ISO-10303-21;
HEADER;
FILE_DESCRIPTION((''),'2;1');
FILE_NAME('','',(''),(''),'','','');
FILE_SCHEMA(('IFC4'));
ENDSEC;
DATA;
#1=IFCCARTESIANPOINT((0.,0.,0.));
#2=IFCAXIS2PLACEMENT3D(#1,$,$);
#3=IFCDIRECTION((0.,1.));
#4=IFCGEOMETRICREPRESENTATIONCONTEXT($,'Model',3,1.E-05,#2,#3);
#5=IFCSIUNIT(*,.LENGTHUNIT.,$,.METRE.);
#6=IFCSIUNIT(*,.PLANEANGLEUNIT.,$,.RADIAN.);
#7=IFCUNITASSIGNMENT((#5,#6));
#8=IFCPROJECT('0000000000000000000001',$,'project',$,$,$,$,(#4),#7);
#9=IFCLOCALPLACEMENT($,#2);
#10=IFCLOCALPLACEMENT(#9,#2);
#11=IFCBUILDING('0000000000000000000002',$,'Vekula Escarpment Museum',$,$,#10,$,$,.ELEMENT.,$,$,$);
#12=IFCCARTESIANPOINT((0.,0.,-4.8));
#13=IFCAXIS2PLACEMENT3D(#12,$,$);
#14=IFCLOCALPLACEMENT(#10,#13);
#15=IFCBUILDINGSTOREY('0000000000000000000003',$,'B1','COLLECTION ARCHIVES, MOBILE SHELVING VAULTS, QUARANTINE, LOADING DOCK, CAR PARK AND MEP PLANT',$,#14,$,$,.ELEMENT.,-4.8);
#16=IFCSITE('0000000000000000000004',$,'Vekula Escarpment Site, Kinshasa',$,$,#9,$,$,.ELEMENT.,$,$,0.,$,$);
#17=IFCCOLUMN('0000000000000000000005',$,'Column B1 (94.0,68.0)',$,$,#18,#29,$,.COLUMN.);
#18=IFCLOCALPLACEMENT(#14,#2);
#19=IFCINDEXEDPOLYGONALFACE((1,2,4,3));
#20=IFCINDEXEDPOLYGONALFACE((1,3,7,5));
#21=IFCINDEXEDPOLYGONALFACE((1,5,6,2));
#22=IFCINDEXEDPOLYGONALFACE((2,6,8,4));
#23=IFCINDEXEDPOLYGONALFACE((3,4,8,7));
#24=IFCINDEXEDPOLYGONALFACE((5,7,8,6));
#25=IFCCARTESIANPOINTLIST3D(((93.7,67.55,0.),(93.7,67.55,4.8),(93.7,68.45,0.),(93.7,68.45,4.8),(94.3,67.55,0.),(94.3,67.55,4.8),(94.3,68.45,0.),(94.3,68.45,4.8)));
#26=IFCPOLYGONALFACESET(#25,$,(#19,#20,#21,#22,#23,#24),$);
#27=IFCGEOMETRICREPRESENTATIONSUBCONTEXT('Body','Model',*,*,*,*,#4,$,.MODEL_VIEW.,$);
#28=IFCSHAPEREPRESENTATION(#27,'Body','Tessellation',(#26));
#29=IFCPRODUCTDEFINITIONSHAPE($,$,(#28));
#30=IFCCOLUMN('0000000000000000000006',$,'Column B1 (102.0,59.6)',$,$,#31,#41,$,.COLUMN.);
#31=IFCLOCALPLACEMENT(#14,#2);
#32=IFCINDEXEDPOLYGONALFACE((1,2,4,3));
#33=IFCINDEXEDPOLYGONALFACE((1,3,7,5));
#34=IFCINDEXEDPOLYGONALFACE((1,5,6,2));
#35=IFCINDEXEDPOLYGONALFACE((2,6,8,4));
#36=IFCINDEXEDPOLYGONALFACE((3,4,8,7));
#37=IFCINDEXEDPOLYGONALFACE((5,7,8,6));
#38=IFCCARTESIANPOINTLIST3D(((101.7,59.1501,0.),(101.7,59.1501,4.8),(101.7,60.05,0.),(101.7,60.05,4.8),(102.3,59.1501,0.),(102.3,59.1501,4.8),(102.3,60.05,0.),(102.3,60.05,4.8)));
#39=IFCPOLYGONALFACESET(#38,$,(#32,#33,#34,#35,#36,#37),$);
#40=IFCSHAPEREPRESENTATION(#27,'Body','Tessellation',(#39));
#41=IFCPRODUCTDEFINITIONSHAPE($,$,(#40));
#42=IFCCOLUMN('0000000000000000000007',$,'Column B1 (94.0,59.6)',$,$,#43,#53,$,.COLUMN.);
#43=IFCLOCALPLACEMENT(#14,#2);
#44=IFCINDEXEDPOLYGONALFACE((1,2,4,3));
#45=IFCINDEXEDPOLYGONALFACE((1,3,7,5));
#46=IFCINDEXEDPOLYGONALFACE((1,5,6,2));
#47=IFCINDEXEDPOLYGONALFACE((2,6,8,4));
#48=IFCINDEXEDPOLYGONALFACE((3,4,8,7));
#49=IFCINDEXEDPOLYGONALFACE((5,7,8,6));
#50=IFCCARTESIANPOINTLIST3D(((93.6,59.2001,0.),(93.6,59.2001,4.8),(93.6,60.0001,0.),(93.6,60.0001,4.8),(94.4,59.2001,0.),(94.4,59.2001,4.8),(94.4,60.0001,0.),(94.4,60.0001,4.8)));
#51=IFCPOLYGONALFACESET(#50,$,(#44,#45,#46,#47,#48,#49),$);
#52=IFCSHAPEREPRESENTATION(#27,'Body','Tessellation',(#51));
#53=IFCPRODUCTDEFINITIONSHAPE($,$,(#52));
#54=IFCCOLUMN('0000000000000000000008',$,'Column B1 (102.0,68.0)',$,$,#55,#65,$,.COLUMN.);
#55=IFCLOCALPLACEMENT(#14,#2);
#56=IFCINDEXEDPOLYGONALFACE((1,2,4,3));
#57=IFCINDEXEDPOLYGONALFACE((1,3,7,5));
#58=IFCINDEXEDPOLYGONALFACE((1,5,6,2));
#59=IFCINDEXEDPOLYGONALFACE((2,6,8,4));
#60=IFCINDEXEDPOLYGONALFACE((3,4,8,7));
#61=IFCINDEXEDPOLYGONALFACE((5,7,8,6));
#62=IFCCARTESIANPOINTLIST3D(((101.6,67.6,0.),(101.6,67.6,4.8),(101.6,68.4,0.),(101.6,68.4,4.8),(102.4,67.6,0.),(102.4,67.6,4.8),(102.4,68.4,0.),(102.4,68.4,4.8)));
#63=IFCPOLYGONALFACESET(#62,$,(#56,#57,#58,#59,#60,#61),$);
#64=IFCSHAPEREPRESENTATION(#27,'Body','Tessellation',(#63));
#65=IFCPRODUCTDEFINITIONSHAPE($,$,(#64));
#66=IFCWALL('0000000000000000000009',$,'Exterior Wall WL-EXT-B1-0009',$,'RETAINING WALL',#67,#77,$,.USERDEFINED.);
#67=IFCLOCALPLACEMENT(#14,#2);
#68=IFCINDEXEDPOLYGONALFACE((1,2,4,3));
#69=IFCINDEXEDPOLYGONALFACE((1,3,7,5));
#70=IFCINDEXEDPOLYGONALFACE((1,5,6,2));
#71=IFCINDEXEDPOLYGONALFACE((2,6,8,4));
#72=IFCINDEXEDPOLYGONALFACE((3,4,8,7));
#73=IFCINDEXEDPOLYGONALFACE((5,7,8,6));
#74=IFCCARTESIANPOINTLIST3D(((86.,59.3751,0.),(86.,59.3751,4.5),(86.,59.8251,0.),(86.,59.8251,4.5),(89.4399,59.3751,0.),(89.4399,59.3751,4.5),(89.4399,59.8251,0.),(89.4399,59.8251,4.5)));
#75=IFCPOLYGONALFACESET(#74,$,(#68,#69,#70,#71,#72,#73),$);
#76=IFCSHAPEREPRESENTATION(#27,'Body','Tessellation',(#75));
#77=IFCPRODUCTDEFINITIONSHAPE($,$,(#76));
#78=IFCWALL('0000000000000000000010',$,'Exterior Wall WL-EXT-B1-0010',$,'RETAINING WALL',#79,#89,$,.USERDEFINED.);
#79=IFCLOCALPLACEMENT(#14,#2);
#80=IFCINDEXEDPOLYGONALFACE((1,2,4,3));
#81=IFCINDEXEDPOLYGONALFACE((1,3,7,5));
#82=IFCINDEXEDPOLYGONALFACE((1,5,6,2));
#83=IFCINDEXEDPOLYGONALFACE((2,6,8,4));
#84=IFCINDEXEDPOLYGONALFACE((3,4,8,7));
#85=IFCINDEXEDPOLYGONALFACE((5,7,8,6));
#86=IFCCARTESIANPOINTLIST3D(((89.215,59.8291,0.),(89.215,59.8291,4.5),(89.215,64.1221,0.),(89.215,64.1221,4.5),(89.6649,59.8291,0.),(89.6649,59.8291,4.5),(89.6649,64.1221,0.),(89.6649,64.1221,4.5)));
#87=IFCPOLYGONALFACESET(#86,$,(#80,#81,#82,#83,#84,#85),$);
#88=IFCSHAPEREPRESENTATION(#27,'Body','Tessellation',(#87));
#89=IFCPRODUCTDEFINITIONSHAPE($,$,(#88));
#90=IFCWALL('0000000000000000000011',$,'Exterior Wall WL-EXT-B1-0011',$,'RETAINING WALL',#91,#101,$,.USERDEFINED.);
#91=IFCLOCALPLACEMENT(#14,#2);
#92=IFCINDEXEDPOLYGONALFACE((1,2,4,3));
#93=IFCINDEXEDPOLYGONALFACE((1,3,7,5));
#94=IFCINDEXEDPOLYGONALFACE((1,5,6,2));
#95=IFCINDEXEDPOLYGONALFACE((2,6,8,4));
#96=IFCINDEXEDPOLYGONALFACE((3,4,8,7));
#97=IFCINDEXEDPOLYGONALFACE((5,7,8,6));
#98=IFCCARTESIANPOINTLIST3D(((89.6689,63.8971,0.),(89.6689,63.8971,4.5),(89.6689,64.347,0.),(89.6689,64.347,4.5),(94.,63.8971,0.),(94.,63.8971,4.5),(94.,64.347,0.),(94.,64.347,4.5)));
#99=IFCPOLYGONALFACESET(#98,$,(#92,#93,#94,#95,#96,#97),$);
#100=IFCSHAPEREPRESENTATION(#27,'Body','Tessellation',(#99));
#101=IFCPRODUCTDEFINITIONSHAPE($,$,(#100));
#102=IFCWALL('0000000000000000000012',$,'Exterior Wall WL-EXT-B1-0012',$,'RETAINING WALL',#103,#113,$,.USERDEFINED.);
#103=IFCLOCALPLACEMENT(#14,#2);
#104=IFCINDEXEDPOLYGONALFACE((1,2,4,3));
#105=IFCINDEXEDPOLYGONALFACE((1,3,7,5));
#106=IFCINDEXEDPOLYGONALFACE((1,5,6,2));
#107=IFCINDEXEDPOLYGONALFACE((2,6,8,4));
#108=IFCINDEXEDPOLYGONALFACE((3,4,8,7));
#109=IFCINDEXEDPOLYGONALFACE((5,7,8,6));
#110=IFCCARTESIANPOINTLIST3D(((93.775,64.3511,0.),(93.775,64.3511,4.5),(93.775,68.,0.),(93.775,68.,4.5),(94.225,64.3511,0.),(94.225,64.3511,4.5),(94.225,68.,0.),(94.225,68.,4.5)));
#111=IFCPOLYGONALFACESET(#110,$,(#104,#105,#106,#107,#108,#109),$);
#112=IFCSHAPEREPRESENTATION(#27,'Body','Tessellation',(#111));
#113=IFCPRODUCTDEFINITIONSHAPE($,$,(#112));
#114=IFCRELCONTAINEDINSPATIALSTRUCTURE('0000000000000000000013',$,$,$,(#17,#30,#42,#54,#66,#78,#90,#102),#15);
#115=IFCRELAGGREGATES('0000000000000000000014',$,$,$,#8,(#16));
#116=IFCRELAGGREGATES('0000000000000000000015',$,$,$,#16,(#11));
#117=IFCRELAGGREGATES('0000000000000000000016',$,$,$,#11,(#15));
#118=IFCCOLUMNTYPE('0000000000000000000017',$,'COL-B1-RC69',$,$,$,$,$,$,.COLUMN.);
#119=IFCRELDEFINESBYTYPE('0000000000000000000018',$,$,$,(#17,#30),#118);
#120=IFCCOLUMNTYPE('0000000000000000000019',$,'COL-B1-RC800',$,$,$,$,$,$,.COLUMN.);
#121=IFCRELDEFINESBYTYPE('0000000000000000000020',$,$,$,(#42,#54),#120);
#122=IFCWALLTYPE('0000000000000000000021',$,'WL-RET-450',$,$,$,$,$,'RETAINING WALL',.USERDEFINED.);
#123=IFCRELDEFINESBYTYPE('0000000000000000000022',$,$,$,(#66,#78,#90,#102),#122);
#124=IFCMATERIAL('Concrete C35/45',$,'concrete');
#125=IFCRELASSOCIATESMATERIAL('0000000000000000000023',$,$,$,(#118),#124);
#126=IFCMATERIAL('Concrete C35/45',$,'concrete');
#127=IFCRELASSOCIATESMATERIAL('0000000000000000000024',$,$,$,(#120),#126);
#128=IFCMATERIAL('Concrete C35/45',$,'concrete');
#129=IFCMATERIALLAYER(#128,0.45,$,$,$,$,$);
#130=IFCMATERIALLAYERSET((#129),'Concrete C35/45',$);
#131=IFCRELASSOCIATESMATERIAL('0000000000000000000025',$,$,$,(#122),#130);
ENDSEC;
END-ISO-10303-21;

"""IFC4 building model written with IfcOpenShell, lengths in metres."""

from ifc_helpers import new_model, si_unit, direction, frame, frame_2d, origin, origin_2d, place, context, subcontext, project, spatial, rectangle, extrude, material, layer, layer_set, material_profile, profile_set, type_object, element, save


model = new_model("IFC4")

# Units and contexts
model_context = context("Model", 3, precision=1e-05, world=origin(), true_north=direction((0.0, 1.0)))
body_context = subcontext(model_context, "Body", "Model", "MODEL_VIEW")
ifc_project = project(units=[si_unit("LENGTHUNIT", "METRE"), si_unit("PLANEANGLEUNIT", "RADIAN")], contexts=[model_context])

# Site, building, storey
site_placement = place(None, origin())
site = spatial("IfcSite", under=ifc_project, at=site_placement, Name="Vekula Escarpment Site, Kinshasa", CompositionType="ELEMENT", RefElevation=0.0)
building_placement = place(site_placement, origin())
building = spatial("IfcBuilding", under=site, at=building_placement, Name="Vekula Escarpment Museum", CompositionType="ELEMENT")
storey_placement = place(building_placement, frame((0.0, 0.0, -4.8)))
storey = spatial("IfcBuildingStorey", under=building, at=storey_placement, Name="B1", Description="COLLECTION ARCHIVES, MOBILE SHELVING VAULTS, QUARANTINE, LOADING DOCK, CAR PARK AND MEP PLANT", CompositionType="ELEMENT", Elevation=-4.8)

# Columns
ifc_material_1 = material(Name="Concrete C35/45", Category="concrete")
ifc_material_profile_1 = material_profile(ifc_material_1, rectangle(XDim=0.6001, YDim=0.8999, at=origin_2d()), Name="RC 600x900")
ifc_profile_set_1 = profile_set([ifc_material_profile_1], Name="Concrete C35/45")
column_type_1 = type_object("IfcColumnType", Name="COL-B1-RC69", PredefinedType="COLUMN", material=ifc_profile_set_1)
for number, where, z_axis, x_axis, name in (
    (1, (94.0, 68.0, 0.0), (0.0, 0.0, 1.0), (1.0, 0.0, 0.0), "Column B1 (94.0,68.0)"),
    (2, (102.0, 59.6001, 0.0), (0.0, 0.0, 1.0), (1.0, 0.0, 0.0), "Column B1 (102.0,59.6)"),
):
    element("IfcColumn", number, at=place(storey_placement, frame(where, z_axis=z_axis, x_axis=x_axis)), inside=storey, type_object=column_type_1, Name=name, PredefinedType="COLUMN", context=body_context, shape_type="SweptSolid", body=[
        extrude(rectangle(XDim=0.6001, YDim=0.8999, at=origin_2d()), origin(), (0.0, 0.0, 1.0), 4.8),
    ])
ifc_material_2 = material(Name="Concrete C35/45", Category="concrete")
ifc_material_profile_2 = material_profile(ifc_material_2, rectangle(XDim=0.8, YDim=0.8, at=origin_2d()), Name="RC 800x800")
ifc_profile_set_2 = profile_set([ifc_material_profile_2], Name="Concrete C35/45")
column_type_2 = type_object("IfcColumnType", Name="COL-B1-RC800", PredefinedType="COLUMN", material=ifc_profile_set_2)
for number, where, z_axis, x_axis, name in (
    (3, (94.0, 59.6001, 0.0), (0.0, 0.0, 1.0), (1.0, 0.0, 0.0), "Column B1 (94.0,59.6)"),
    (4, (102.0, 68.0, 0.0), (0.0, 0.0, 1.0), (1.0, 0.0, 0.0), "Column B1 (102.0,68.0)"),
):
    element("IfcColumn", number, at=place(storey_placement, frame(where, z_axis=z_axis, x_axis=x_axis)), inside=storey, type_object=column_type_2, Name=name, PredefinedType="COLUMN", context=body_context, shape_type="SweptSolid", body=[
        extrude(rectangle(XDim=0.8, YDim=0.8, at=origin_2d()), origin(), (0.0, 0.0, 1.0), 4.8),
    ])

# Walls
ifc_material_3 = material(Name="Concrete C35/45", Category="concrete")
ifc_layer = layer(ifc_material_3, 0.45)
ifc_layer_set = layer_set([ifc_layer], Name="Concrete C35/45")
wall_type = type_object("IfcWallType", Name="WL-RET-450", ElementType="RETAINING WALL", PredefinedType="USERDEFINED", material=ifc_layer_set)
wall_1_placement = place(storey_placement, frame((89.4399, 59.6001, 0.0), z_axis=(0.0, 0.0, 1.0), x_axis=(-1.0, 0.0, 0.0)))
element("IfcWall", 5, at=wall_1_placement, inside=storey, type_object=wall_type, Name="Exterior Wall WL-EXT-B1-0009", ObjectType="RETAINING WALL", PredefinedType="USERDEFINED", context=body_context, shape_type="SweptSolid", body=[
    extrude(rectangle(XDim=3.4399, YDim=0.45, at=frame_2d((1.72, 0.0))), origin(), (0.0, 0.0, 1.0), 4.5),
])
wall_2_placement = place(storey_placement, frame((89.4399, 64.1221, 0.0), z_axis=(0.0, 0.0, 1.0), x_axis=(0.0, -1.0, 0.0)))
element("IfcWall", 6, at=wall_2_placement, inside=storey, type_object=wall_type, Name="Exterior Wall WL-EXT-B1-0010", ObjectType="RETAINING WALL", PredefinedType="USERDEFINED", context=body_context, shape_type="SweptSolid", body=[
    extrude(rectangle(XDim=4.293, YDim=0.45, at=frame_2d((2.1465, 0.0))), origin(), (0.0, 0.0, 1.0), 4.5),
])
wall_3_placement = place(storey_placement, frame((94.0, 64.1221, 0.0), z_axis=(0.0, 0.0, 1.0), x_axis=(-1.0, 0.0, 0.0)))
element("IfcWall", 7, at=wall_3_placement, inside=storey, type_object=wall_type, Name="Exterior Wall WL-EXT-B1-0011", ObjectType="RETAINING WALL", PredefinedType="USERDEFINED", context=body_context, shape_type="SweptSolid", body=[
    extrude(rectangle(XDim=4.3311, YDim=0.45, at=frame_2d((2.1655, 0.0))), origin(), (0.0, 0.0, 1.0), 4.5),
])
wall_4_placement = place(storey_placement, frame((94.0, 68.0, 0.0), z_axis=(0.0, 0.0, 1.0), x_axis=(0.0, -1.0, 0.0)))
element("IfcWall", 8, at=wall_4_placement, inside=storey, type_object=wall_type, Name="Exterior Wall WL-EXT-B1-0012", ObjectType="RETAINING WALL", PredefinedType="USERDEFINED", context=body_context, shape_type="SweptSolid", body=[
    extrude(rectangle(XDim=3.6489, YDim=0.45, at=frame_2d((1.8245, 0.0))), origin(), (0.0, 0.0, 1.0), 4.5),
])

save(model, "model.ifc")
